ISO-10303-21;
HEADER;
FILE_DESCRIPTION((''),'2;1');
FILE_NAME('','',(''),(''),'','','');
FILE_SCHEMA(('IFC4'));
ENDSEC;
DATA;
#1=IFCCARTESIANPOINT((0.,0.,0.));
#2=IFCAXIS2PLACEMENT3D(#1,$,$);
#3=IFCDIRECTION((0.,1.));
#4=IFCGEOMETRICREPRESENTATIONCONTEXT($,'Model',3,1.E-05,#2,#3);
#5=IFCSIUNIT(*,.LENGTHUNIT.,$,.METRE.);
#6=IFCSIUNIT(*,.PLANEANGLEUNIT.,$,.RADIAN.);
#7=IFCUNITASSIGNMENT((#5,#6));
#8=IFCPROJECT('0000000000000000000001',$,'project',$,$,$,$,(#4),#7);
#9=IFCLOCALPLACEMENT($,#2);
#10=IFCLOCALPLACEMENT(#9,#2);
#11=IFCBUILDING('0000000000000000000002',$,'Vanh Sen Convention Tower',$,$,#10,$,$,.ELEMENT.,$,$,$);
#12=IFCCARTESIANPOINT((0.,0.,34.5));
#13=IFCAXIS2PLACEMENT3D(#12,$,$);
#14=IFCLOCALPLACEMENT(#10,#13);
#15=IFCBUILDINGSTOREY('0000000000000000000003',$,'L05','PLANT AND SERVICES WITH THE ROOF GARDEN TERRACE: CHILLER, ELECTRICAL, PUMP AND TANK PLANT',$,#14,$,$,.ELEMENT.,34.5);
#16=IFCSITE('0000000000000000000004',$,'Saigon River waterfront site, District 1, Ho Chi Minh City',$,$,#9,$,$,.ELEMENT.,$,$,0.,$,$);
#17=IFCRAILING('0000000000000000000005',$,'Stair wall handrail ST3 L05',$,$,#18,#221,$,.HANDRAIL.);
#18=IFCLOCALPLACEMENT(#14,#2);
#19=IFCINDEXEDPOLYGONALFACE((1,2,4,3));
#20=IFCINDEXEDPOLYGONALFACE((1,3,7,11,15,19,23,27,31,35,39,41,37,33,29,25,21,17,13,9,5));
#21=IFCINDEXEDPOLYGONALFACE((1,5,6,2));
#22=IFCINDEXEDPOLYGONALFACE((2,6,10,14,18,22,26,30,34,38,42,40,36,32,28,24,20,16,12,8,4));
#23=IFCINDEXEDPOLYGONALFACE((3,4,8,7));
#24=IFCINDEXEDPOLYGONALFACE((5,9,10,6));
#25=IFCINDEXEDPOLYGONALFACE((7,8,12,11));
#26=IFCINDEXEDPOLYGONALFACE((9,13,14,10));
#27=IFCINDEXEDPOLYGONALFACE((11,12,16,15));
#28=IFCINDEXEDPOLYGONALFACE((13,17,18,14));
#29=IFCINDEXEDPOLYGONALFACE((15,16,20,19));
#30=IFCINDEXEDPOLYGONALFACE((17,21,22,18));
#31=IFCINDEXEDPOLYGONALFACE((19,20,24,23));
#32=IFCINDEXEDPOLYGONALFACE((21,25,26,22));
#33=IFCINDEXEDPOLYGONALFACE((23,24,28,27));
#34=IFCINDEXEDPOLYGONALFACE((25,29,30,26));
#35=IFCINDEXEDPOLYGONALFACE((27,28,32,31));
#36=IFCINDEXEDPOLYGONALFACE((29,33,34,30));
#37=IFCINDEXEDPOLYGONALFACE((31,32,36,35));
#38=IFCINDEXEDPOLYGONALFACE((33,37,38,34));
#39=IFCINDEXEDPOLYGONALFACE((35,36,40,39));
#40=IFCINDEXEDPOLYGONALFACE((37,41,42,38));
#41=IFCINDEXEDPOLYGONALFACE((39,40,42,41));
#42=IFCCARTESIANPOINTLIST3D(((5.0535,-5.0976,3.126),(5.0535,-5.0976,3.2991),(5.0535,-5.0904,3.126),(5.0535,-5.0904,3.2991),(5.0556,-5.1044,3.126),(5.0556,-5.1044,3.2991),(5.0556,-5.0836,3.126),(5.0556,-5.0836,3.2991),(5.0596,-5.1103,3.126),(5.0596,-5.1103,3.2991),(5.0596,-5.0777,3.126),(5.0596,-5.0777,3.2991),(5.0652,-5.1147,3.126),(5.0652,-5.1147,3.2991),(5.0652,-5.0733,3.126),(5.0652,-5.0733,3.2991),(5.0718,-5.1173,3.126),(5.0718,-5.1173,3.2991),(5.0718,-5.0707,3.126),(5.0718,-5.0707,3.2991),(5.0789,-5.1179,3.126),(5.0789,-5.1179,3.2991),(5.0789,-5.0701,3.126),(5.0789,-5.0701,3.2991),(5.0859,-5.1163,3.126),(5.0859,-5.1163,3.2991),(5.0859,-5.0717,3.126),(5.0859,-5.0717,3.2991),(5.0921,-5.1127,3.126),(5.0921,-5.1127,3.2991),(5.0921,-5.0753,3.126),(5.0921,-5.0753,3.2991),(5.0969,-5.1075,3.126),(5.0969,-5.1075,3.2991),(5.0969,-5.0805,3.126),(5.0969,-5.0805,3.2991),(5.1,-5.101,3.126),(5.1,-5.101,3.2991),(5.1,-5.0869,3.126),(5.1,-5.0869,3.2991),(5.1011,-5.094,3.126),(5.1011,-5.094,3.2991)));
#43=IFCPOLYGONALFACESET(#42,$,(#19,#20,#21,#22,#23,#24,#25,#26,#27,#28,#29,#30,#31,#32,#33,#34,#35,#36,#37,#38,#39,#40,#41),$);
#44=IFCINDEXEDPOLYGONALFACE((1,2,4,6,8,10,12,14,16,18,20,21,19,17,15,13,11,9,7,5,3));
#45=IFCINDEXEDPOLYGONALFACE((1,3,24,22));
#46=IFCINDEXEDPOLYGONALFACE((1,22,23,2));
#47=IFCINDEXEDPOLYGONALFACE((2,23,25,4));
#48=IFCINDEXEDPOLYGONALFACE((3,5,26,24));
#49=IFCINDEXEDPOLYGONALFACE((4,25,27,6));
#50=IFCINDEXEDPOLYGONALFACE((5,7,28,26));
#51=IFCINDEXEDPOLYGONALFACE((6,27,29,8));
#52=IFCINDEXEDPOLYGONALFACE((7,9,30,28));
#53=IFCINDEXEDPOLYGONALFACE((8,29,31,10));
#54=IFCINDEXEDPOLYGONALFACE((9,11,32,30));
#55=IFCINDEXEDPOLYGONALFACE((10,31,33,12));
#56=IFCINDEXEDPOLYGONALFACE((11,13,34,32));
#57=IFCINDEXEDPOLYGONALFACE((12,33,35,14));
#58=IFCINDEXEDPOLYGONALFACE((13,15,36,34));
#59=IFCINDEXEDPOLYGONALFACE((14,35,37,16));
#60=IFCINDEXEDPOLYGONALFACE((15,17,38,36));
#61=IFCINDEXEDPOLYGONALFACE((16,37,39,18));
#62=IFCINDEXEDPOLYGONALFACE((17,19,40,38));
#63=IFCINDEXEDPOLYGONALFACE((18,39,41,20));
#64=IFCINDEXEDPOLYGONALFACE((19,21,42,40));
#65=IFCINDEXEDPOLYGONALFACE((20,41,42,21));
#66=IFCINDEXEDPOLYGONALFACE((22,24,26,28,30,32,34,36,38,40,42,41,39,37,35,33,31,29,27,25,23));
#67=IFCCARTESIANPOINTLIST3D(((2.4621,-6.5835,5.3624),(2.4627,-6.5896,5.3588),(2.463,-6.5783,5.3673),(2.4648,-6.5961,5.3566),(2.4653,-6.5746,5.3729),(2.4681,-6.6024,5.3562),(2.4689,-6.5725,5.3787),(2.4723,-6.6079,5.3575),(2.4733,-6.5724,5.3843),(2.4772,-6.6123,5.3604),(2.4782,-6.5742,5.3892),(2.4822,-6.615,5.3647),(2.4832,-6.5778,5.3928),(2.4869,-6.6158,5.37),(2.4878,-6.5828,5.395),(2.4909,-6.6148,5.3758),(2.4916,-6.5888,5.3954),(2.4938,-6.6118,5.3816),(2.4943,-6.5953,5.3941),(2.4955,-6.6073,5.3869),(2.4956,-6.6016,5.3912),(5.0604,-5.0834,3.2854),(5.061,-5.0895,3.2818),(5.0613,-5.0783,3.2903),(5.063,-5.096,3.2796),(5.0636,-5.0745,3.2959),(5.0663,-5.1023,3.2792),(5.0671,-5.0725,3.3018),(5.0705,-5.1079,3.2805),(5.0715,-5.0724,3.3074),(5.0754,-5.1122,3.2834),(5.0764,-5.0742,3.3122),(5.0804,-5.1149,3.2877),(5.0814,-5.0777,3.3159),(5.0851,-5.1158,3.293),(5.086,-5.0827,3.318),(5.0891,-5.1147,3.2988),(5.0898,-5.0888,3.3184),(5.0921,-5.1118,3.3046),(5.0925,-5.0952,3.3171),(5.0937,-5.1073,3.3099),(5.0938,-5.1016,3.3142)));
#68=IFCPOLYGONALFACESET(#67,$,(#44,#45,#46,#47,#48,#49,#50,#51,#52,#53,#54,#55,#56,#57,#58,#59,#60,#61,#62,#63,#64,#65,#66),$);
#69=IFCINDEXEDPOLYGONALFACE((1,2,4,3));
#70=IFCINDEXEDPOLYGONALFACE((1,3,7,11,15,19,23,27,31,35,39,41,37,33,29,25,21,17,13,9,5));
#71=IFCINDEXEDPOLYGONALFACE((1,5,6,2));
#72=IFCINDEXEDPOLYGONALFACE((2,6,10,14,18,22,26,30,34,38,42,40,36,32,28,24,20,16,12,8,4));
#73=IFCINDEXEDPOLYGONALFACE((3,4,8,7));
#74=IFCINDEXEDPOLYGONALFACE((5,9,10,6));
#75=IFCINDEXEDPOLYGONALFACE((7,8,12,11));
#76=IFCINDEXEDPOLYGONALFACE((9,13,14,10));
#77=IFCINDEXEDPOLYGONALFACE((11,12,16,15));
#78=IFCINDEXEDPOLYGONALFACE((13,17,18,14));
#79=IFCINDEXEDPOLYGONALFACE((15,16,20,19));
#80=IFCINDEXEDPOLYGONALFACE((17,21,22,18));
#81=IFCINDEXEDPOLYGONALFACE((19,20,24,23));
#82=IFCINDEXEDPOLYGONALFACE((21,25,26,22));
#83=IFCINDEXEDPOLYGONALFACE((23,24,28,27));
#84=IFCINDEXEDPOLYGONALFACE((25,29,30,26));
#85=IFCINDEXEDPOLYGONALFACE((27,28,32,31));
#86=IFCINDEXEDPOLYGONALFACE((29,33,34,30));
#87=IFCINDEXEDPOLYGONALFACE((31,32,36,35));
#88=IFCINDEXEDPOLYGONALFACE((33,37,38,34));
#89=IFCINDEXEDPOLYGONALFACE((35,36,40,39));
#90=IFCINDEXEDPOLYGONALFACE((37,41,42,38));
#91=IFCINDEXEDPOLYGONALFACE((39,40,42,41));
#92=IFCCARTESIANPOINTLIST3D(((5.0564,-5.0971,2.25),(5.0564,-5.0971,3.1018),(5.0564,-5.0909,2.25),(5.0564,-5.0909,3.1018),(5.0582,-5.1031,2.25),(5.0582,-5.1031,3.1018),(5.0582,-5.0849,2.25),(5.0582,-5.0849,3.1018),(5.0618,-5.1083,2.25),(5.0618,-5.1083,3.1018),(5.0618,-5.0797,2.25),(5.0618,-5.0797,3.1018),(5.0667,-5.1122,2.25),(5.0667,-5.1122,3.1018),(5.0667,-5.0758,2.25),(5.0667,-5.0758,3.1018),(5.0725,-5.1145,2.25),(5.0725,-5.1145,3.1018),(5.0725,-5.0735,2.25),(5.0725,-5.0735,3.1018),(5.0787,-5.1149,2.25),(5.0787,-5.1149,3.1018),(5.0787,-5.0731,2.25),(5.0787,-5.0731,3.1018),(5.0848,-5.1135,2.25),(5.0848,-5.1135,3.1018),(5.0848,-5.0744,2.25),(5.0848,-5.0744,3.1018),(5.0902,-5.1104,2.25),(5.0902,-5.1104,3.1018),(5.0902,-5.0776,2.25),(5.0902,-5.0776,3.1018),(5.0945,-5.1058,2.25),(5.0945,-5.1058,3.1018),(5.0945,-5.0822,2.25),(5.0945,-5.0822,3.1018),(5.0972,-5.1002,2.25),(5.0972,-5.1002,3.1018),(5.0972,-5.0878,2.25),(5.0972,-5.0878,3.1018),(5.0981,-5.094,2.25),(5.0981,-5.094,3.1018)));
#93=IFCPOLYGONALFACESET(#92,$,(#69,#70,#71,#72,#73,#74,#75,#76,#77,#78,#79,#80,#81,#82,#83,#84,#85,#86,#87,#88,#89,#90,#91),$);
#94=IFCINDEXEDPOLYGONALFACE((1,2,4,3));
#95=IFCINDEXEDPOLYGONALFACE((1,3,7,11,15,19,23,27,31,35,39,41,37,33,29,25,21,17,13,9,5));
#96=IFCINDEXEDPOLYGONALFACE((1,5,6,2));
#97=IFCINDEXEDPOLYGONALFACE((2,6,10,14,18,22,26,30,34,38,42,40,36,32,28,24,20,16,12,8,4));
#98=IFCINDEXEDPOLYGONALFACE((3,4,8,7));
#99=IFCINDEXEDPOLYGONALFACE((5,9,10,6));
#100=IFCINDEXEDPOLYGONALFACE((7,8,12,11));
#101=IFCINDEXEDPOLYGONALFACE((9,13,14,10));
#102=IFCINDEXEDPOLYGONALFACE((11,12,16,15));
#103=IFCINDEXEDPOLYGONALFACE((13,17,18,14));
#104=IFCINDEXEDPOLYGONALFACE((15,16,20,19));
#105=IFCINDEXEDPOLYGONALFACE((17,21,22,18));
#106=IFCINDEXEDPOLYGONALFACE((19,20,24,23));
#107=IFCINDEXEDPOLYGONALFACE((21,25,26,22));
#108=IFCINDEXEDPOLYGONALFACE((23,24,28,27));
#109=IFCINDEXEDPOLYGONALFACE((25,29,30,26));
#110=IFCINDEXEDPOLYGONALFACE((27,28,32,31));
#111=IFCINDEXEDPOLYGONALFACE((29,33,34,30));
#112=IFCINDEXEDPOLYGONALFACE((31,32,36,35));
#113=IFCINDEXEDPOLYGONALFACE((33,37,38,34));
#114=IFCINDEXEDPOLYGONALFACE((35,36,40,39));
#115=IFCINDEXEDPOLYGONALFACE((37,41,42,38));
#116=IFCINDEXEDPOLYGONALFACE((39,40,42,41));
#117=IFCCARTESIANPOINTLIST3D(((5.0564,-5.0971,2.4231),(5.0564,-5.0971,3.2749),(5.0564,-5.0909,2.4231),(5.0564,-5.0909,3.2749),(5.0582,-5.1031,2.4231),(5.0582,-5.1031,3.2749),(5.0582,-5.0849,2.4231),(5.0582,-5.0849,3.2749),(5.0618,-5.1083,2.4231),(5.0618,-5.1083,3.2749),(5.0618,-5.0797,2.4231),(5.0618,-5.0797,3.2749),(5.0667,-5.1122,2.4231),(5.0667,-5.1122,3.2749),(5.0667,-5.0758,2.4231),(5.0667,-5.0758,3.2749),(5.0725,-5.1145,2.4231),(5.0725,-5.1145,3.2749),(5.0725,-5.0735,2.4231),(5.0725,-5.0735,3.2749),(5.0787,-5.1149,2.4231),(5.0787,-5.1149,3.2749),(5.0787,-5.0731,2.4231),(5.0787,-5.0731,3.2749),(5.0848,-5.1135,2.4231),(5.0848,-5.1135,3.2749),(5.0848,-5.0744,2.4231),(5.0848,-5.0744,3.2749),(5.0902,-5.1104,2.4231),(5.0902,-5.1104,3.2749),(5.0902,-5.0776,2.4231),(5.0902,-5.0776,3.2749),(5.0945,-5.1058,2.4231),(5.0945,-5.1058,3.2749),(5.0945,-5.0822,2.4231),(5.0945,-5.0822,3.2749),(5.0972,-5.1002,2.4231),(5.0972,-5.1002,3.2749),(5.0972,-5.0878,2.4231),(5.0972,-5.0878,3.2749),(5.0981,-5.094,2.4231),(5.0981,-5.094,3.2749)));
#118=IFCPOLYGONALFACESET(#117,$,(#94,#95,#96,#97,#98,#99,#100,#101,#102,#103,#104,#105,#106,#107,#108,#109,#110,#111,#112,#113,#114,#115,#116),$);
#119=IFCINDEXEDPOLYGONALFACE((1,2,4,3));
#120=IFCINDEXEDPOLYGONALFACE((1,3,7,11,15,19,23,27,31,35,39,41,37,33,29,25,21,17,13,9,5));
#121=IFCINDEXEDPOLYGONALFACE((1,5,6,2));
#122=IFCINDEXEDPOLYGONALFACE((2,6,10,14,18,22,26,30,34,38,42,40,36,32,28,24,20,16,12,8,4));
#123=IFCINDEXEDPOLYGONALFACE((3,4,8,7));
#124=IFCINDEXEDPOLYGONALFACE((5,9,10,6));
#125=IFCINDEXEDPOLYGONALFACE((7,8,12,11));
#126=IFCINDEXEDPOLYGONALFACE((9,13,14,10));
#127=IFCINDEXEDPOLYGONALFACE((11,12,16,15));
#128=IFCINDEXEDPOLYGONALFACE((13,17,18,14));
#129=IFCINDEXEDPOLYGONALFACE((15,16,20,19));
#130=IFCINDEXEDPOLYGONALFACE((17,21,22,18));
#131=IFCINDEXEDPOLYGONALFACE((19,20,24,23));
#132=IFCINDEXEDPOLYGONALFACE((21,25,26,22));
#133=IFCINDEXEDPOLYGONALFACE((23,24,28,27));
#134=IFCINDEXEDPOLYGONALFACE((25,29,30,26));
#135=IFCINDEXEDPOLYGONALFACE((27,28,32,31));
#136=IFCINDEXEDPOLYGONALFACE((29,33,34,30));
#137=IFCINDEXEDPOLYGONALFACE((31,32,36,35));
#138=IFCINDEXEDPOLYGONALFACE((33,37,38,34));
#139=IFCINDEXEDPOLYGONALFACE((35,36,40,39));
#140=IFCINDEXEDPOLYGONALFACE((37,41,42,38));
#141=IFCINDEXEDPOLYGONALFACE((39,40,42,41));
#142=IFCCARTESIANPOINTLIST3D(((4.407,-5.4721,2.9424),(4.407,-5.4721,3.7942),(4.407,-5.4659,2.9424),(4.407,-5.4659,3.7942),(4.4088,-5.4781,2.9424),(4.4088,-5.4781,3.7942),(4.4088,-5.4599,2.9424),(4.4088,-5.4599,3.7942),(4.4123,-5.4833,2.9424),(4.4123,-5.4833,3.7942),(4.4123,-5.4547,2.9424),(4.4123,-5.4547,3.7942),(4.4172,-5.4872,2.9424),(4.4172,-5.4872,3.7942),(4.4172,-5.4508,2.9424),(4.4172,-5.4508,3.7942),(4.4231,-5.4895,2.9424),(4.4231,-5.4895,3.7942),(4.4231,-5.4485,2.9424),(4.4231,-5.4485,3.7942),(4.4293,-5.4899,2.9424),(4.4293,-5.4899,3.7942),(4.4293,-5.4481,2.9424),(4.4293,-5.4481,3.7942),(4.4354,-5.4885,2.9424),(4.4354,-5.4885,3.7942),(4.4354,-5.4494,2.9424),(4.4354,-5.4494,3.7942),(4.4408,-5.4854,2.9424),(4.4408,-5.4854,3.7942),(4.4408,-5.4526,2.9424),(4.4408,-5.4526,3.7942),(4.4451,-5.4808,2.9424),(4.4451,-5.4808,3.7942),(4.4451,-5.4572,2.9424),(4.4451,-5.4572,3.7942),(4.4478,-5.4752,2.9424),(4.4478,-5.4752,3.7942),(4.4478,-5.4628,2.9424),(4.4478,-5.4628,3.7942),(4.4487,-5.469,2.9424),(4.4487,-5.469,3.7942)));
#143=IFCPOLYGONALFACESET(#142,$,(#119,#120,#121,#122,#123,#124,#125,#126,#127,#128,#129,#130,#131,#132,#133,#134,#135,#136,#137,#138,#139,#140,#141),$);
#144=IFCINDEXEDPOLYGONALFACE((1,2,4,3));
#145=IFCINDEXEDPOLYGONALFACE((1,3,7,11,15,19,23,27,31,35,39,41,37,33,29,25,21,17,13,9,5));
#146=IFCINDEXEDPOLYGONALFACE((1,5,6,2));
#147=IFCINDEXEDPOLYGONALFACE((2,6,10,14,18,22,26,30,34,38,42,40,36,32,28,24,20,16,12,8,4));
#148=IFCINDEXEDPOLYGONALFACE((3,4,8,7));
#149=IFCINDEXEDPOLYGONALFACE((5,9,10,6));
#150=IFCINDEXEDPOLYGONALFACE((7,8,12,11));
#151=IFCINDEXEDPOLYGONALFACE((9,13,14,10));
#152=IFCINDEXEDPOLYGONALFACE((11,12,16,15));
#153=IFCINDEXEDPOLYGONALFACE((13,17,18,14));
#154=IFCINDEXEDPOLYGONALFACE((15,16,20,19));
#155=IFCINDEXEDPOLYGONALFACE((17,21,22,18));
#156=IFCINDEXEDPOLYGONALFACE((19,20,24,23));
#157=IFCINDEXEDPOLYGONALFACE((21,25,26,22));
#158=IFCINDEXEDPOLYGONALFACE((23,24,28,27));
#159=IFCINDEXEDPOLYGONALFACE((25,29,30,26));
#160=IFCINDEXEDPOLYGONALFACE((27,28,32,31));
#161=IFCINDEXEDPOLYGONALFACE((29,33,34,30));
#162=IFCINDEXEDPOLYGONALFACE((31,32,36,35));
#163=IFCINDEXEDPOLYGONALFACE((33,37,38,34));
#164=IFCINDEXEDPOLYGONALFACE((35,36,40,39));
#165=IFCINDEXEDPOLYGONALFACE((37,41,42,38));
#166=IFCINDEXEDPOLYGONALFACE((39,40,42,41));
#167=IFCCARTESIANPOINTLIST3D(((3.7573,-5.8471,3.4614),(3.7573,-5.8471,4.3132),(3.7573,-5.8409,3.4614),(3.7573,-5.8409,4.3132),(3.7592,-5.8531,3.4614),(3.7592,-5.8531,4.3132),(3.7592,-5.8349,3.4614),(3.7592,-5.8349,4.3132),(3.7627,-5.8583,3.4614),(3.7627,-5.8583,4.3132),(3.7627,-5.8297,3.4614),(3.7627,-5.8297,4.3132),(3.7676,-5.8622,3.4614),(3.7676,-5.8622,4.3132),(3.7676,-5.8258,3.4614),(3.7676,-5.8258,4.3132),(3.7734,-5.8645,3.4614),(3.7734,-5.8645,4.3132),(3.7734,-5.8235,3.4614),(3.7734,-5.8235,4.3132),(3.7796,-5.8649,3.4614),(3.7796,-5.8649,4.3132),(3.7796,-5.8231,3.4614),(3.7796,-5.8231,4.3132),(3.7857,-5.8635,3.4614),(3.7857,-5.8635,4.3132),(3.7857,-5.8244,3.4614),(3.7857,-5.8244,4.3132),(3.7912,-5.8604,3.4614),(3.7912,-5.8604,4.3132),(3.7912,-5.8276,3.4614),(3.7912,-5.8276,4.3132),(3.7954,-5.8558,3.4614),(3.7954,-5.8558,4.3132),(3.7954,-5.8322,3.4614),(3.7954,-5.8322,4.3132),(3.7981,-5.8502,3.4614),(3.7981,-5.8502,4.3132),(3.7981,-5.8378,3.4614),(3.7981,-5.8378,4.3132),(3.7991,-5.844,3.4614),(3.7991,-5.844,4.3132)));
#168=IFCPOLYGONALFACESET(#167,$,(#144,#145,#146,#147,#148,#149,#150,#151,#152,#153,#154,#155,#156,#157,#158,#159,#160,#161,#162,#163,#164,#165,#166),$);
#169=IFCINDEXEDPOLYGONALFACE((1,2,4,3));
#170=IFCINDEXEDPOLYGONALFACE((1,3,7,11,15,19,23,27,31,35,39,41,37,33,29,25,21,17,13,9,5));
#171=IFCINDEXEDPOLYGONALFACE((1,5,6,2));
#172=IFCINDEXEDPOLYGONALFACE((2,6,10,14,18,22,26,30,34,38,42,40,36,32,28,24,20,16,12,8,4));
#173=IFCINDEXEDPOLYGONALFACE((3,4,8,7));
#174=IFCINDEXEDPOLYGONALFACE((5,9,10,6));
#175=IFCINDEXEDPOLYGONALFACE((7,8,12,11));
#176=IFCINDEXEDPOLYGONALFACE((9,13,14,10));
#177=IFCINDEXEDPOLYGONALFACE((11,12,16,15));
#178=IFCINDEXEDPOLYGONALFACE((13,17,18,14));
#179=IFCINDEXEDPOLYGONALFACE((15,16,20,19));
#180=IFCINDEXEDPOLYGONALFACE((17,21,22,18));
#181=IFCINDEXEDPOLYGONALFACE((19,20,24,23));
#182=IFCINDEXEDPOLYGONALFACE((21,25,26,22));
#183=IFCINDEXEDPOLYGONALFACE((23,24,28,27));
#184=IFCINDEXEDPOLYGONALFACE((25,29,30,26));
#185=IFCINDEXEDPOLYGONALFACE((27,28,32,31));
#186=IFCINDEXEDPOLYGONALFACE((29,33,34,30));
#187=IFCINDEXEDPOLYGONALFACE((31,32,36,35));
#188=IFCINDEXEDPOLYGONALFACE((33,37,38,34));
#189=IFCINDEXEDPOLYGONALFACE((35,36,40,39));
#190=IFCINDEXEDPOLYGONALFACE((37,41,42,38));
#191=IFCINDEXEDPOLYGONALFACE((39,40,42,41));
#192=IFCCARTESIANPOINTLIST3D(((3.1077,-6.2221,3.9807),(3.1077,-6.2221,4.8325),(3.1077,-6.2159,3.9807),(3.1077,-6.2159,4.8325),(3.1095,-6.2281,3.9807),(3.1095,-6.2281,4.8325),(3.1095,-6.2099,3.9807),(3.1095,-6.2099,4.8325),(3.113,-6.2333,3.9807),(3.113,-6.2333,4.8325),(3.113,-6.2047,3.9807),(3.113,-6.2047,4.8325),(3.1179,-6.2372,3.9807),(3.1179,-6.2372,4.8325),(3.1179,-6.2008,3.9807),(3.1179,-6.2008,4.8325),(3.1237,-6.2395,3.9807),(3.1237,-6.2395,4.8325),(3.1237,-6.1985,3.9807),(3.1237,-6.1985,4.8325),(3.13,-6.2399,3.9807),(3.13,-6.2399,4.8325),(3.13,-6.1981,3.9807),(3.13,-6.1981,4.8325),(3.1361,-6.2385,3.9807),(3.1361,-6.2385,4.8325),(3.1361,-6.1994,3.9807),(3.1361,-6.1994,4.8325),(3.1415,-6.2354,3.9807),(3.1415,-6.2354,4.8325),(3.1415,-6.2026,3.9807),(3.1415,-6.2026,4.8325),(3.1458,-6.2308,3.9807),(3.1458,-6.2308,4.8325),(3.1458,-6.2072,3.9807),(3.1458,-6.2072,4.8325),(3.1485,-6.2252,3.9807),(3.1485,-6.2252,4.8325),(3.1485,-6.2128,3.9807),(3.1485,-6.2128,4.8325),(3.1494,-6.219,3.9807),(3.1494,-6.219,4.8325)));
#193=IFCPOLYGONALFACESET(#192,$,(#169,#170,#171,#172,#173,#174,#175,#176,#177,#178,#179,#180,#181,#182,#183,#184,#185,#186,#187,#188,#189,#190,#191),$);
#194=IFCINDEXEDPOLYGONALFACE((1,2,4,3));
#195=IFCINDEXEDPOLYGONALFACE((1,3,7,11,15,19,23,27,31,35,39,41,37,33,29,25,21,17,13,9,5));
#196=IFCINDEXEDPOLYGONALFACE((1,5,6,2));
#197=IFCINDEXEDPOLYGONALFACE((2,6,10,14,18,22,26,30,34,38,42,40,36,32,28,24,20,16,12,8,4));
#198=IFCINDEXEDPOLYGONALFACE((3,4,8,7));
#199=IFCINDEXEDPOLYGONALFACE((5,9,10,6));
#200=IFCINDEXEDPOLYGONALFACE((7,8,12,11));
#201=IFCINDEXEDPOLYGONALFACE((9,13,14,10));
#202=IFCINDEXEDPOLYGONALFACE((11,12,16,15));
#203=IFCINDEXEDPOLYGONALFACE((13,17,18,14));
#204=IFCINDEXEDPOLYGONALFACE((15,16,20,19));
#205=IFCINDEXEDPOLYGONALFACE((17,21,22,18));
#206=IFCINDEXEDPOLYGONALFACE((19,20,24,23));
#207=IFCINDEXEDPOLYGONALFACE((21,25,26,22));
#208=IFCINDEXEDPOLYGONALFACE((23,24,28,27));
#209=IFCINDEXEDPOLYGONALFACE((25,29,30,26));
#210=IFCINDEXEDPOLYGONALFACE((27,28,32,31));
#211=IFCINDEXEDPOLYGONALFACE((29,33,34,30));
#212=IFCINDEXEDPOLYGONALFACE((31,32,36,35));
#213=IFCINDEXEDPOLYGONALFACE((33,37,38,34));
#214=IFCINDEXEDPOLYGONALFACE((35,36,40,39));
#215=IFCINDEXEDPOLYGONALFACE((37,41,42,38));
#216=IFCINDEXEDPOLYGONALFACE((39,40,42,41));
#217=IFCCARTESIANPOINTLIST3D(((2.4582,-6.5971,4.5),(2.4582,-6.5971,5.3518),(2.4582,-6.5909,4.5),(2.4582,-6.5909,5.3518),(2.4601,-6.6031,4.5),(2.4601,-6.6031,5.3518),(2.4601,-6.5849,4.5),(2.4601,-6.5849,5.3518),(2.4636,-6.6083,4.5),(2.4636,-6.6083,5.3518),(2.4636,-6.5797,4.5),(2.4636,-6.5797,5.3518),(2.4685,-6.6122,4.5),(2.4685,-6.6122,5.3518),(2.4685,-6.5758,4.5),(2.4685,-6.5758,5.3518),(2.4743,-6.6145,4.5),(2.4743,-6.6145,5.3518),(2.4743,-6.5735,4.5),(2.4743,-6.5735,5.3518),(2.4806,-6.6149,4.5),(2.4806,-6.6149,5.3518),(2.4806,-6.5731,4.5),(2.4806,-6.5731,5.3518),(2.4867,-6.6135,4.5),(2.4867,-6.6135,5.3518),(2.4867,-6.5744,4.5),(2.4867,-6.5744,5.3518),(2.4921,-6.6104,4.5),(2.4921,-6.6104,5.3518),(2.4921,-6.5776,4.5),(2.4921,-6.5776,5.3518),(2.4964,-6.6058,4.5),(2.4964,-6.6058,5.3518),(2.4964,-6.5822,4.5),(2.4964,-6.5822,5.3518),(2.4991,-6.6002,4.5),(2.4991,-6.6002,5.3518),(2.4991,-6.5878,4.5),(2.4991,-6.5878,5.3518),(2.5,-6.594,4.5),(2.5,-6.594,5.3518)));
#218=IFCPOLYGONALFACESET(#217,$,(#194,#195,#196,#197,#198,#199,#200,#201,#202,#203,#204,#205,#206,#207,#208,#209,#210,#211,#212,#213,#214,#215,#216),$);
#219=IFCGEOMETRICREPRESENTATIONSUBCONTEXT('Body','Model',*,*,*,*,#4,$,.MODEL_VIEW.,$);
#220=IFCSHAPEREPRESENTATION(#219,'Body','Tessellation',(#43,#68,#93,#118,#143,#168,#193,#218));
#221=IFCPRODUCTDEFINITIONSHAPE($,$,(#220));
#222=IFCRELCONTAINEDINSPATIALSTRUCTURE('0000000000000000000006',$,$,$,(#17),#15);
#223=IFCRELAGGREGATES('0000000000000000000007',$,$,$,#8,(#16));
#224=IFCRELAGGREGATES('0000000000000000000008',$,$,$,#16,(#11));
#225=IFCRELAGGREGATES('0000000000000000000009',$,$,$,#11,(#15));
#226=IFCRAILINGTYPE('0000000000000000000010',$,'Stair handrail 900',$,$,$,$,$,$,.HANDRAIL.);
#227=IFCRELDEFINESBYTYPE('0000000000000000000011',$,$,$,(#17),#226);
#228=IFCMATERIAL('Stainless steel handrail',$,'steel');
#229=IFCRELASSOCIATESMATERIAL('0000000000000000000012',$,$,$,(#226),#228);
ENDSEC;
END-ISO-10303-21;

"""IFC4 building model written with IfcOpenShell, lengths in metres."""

from ifc_helpers import new_model, si_unit, direction, frame, origin, origin_2d, place, context, subcontext, project, spatial, circle, extrude, material, type_object, element, save


model = new_model("IFC4")

# Units and contexts
model_context = context("Model", 3, precision=1e-05, world=origin(), true_north=direction((0.0, 1.0)))
body_context = subcontext(model_context, "Body", "Model", "MODEL_VIEW")
ifc_project = project(units=[si_unit("LENGTHUNIT", "METRE"), si_unit("PLANEANGLEUNIT", "RADIAN")], contexts=[model_context])

# Site, building, storey
site_placement = place(None, origin())
site = spatial("IfcSite", under=ifc_project, at=site_placement, Name="Saigon River waterfront site, District 1, Ho Chi Minh City", CompositionType="ELEMENT", RefElevation=0.0)
building_placement = place(site_placement, origin())
building = spatial("IfcBuilding", under=site, at=building_placement, Name="Vanh Sen Convention Tower", CompositionType="ELEMENT")
storey_placement = place(building_placement, frame((0.0, 0.0, 34.5)))
storey = spatial("IfcBuildingStorey", under=building, at=storey_placement, Name="L05", Description="PLANT AND SERVICES WITH THE ROOF GARDEN TERRACE: CHILLER, ELECTRICAL, PUMP AND TANK PLANT", CompositionType="ELEMENT", Elevation=34.5)

# Railing
ifc_material_1 = material(Name="Stainless steel handrail", Category="steel")
railing_type = type_object("IfcRailingType", Name="Stair handrail 900", PredefinedType="HANDRAIL", material=ifc_material_1)
railing_1_placement = place(storey_placement, frame((5.0771, -5.094, 2.25)))
element("IfcRailing", 1, at=railing_1_placement, inside=storey, type_object=railing_type, Name="Stair wall handrail ST3 L05", PredefinedType="HANDRAIL", context=body_context, shape_type="SweptSolid", body=[
    extrude(circle(Radius=0.0239, at=origin_2d()), frame((0.0, 0.0, 0.876), z_axis=(0.0, 0.0, 1.0), x_axis=(1.0, 0.0, 0.0)), (0.0, 0.0, 1.0), 0.1731),
    extrude(circle(Radius=0.0239, at=origin_2d()), frame((0.0, 0.0, 1.0488), z_axis=(-0.712051, -0.411092, 0.569199), x_axis=(0.49999, -0.866031, 0.0)), (0.0, 0.0, 1.0), 3.6489),
    extrude(circle(Radius=0.021, at=origin_2d()), origin(), (0.0, 0.0, 1.0), 0.8518),
    extrude(circle(Radius=0.021, at=origin_2d()), frame((0.0, 0.0, 0.1731)), (0.0, 0.0, 1.0), 0.8518),
    extrude(circle(Radius=0.021, at=origin_2d()), frame((-0.6494, -0.375, 0.6924)), (0.0, 0.0, 1.0), 0.8518),
    extrude(circle(Radius=0.021, at=origin_2d()), frame((-1.2991, -0.75, 1.2114)), (0.0, 0.0, 1.0), 0.8518),
    extrude(circle(Radius=0.021, at=origin_2d()), frame((-1.9487, -1.125, 1.7307)), (0.0, 0.0, 1.0), 0.8518),
    extrude(circle(Radius=0.021, at=origin_2d()), frame((-2.5981, -1.5, 2.25)), (0.0, 0.0, 1.0), 0.8518),
])

save(model, "model.ifc")
